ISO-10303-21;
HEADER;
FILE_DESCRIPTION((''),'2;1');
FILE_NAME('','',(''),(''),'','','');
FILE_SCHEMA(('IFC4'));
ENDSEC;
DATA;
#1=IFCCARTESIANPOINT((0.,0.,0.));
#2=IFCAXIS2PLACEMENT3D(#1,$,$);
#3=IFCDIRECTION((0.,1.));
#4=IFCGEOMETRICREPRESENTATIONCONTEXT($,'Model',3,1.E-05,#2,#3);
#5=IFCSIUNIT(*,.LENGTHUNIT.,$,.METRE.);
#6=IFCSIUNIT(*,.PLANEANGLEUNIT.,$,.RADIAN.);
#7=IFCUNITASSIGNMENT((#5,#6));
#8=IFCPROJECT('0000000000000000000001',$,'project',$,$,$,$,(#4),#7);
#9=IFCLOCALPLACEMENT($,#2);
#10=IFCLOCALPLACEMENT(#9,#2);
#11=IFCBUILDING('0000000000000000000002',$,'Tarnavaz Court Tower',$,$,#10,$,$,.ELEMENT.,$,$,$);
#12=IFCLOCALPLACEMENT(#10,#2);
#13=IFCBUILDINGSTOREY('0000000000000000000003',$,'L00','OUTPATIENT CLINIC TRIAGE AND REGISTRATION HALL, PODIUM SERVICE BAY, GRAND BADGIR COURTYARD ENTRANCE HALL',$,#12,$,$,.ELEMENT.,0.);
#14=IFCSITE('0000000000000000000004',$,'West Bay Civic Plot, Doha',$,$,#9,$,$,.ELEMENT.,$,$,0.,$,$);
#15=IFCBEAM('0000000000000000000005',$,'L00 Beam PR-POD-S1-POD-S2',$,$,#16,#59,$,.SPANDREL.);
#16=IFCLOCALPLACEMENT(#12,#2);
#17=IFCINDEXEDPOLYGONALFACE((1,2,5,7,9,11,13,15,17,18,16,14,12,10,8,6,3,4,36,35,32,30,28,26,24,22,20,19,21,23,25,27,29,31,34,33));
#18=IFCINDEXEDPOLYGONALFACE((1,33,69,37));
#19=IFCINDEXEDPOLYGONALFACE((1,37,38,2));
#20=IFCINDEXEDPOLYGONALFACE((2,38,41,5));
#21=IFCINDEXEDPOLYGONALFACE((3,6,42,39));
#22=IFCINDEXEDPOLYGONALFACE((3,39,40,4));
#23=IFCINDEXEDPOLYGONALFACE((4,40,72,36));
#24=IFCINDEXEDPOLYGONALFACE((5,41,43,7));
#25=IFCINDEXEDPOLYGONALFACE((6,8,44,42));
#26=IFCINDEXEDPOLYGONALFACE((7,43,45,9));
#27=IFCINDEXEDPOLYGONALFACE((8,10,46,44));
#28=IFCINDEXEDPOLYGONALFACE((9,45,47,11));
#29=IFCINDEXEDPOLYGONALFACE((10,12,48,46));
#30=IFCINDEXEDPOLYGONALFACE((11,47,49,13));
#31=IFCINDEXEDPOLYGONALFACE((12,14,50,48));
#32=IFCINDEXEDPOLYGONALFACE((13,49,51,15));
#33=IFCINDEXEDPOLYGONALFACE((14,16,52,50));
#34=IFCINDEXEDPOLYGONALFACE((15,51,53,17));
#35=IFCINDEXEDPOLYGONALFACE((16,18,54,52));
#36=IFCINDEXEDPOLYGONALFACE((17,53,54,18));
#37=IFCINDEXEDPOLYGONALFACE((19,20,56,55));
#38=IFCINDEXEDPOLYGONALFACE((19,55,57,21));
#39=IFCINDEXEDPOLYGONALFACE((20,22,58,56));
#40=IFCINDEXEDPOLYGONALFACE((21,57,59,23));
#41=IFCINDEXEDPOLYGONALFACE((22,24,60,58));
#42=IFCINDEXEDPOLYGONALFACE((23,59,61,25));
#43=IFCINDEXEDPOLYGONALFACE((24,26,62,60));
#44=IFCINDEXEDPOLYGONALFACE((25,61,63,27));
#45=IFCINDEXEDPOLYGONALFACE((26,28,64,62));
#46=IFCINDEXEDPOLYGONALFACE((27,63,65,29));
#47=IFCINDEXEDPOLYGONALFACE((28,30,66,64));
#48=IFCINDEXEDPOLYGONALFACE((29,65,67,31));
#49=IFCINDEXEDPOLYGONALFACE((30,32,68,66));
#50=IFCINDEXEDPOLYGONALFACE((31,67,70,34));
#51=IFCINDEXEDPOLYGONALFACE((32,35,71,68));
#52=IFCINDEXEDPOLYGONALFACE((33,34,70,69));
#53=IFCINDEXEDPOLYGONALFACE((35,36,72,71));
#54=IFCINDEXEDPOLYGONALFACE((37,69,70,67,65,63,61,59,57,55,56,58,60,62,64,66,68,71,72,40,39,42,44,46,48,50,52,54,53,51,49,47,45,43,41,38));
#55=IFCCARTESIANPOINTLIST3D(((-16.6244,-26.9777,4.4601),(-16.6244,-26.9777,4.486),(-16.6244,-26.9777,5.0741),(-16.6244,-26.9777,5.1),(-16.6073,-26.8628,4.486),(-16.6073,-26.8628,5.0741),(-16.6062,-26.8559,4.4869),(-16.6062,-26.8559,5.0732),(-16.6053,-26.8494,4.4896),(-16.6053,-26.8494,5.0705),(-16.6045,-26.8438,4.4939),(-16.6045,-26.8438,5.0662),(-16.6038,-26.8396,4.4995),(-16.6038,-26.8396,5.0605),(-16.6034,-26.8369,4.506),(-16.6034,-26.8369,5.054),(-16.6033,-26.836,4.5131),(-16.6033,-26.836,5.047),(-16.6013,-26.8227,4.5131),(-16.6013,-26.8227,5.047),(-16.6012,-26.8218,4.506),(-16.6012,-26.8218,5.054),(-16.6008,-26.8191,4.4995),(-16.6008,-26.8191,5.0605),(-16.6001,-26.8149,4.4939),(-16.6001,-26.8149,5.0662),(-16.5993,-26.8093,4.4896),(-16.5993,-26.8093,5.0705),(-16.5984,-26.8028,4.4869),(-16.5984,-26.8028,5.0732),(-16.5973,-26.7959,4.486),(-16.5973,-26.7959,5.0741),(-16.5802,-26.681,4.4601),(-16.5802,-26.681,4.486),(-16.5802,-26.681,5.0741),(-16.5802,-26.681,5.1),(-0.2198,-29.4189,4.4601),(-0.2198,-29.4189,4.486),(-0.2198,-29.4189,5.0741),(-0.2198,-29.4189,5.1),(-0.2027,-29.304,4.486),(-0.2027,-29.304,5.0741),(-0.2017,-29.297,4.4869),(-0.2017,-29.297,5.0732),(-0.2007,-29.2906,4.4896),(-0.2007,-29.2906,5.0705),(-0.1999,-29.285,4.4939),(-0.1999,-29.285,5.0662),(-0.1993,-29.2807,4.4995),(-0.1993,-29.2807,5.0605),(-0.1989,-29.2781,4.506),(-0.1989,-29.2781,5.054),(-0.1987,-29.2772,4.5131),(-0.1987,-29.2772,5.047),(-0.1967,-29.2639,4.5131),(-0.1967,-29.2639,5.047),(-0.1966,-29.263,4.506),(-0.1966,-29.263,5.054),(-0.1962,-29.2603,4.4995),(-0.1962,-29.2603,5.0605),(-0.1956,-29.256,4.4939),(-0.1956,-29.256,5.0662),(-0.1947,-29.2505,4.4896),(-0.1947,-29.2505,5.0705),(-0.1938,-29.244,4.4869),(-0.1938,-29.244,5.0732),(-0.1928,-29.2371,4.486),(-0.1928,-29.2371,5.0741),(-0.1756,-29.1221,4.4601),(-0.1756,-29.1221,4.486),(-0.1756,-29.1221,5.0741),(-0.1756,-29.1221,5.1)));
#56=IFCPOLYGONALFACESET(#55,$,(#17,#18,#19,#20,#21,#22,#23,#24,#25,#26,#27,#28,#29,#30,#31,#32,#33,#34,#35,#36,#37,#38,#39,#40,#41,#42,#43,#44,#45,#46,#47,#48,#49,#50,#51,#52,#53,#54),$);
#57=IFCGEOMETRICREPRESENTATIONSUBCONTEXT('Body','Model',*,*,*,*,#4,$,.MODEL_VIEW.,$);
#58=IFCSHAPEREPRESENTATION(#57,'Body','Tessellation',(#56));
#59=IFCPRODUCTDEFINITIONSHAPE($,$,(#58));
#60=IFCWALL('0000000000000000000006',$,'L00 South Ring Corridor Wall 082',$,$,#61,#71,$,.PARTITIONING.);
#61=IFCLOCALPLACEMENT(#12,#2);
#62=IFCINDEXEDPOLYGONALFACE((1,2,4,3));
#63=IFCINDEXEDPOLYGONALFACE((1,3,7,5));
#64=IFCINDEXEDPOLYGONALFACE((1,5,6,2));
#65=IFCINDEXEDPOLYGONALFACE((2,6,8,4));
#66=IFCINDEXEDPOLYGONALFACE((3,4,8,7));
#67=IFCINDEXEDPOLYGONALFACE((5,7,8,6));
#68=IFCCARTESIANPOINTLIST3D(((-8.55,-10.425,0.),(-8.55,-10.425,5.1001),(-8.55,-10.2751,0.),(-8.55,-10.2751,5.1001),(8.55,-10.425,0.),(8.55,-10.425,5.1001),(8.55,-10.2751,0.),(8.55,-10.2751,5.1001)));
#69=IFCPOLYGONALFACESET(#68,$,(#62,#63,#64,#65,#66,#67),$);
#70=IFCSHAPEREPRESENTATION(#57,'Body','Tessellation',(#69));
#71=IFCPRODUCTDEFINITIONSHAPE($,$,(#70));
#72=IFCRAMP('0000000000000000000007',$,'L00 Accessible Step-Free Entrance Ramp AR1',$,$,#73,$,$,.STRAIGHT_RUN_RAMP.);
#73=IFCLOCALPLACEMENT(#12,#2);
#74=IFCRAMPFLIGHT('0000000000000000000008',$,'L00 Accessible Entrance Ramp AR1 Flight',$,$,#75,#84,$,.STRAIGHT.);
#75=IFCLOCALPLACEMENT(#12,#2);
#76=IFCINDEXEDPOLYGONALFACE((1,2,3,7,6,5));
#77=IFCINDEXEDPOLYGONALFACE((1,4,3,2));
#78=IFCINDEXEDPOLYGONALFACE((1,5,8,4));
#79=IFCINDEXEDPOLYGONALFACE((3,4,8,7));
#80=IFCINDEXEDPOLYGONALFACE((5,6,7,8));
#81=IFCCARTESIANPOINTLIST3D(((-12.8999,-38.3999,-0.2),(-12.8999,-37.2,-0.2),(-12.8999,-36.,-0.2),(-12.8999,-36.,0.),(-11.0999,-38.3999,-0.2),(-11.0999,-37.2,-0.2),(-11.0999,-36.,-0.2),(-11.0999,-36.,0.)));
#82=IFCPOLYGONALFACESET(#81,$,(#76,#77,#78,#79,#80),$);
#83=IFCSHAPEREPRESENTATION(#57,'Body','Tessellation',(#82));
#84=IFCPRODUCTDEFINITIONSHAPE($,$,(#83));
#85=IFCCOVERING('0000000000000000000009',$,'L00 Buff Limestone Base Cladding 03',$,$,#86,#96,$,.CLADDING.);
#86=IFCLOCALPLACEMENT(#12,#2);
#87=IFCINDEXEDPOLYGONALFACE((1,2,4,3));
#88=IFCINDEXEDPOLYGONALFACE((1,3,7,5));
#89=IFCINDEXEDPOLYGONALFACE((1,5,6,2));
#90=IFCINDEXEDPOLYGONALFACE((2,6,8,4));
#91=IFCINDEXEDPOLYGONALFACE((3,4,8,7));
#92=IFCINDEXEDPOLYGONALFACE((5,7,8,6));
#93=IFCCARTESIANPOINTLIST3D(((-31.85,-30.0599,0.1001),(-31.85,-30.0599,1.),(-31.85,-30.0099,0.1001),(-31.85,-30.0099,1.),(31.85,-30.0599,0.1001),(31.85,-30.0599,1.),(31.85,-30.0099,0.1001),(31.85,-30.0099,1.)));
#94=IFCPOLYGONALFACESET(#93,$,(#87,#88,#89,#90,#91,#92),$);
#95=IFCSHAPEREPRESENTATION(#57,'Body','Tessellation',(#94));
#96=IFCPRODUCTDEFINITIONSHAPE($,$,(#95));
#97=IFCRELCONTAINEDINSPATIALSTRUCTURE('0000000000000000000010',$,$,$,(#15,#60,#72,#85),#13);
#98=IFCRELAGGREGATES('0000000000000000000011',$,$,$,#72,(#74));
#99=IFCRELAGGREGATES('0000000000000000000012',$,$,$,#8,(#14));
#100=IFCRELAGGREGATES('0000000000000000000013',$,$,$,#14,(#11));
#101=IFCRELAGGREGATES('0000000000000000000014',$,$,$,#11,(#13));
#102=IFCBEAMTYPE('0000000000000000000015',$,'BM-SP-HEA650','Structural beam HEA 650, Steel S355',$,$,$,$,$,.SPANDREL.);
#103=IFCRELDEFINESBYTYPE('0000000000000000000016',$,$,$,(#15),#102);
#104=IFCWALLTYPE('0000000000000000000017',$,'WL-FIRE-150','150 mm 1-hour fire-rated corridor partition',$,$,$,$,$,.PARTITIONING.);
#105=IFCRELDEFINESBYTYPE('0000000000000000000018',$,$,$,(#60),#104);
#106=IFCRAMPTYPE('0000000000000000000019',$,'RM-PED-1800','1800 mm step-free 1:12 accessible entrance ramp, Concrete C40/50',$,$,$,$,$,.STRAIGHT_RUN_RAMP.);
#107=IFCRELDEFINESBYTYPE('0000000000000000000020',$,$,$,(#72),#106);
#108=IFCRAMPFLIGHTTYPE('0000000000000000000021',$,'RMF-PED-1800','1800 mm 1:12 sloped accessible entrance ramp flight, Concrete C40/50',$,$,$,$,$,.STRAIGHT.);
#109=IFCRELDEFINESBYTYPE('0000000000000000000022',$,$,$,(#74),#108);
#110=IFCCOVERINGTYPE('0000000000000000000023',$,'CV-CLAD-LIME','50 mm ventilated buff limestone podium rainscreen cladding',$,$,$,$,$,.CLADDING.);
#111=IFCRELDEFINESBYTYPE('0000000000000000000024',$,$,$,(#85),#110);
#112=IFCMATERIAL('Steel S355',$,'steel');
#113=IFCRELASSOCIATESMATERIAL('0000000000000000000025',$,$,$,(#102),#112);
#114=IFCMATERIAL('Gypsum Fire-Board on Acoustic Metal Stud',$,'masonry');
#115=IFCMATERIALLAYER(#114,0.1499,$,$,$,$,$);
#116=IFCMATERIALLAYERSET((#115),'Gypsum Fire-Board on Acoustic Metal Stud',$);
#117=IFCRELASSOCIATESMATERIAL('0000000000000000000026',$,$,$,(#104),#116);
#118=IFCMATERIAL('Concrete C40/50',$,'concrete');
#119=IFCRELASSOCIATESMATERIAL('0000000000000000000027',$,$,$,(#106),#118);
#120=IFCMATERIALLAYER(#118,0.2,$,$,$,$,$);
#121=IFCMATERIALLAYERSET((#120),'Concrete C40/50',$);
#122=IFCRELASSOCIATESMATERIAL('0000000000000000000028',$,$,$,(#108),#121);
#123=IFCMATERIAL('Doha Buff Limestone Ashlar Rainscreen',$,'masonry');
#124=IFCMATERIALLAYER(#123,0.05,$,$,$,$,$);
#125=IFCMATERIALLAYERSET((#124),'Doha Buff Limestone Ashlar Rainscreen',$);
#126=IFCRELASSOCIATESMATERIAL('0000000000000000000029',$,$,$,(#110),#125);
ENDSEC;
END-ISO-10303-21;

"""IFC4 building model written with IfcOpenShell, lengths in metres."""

from ifc_helpers import new_model, si_unit, direction, frame, frame_2d, origin, origin_2d, place, context, subcontext, project, spatial, polyline, rectangle, i_section, outline, extrude, material, layer, layer_set, material_profile, profile_set, type_object, element, aggregate, save


model = new_model("IFC4")

# Units and contexts
model_context = context("Model", 3, precision=1e-05, world=origin(), true_north=direction((0.0, 1.0)))
body_context = subcontext(model_context, "Body", "Model", "MODEL_VIEW")
ifc_project = project(units=[si_unit("LENGTHUNIT", "METRE"), si_unit("PLANEANGLEUNIT", "RADIAN")], contexts=[model_context])

# Site, building, storey
site_placement = place(None, origin())
site = spatial("IfcSite", under=ifc_project, at=site_placement, Name="West Bay Civic Plot, Doha", CompositionType="ELEMENT", RefElevation=0.0)
building_placement = place(site_placement, origin())
building = spatial("IfcBuilding", under=site, at=building_placement, Name="Tarnavaz Court Tower", CompositionType="ELEMENT")
storey_placement = place(building_placement, origin())
storey = spatial("IfcBuildingStorey", under=building, at=storey_placement, Name="L00", Description="OUTPATIENT CLINIC TRIAGE AND REGISTRATION HALL, PODIUM SERVICE BAY, GRAND BADGIR COURTYARD ENTRANCE HALL", CompositionType="ELEMENT", Elevation=0.0)

# Beam
ifc_material_1 = material(Name="Steel S355", Category="steel")
ifc_material_profile_1 = material_profile(ifc_material_1, i_section(OverallWidth=0.3, OverallDepth=0.6399, WebThickness=0.0134, FlangeThickness=0.0259, FilletRadius=0.0271, at=origin_2d()), Name="HEA 650")
ifc_profile_set_1 = profile_set([ifc_material_profile_1], Name="Steel S355")
beam_type_1 = type_object("IfcBeamType", Name="BM-SP-HEA650", Description="Structural beam HEA 650, Steel S355", PredefinedType="SPANDREL", material=ifc_profile_set_1)
beam_1_placement = place(storey_placement, frame((-16.6023, -26.8293, 4.78), z_axis=(0.989108, -0.147189, 0.0), x_axis=(0.147189, 0.989108, 0.0)))
element("IfcBeam", 1, at=beam_1_placement, inside=storey, type_object=beam_type_1, Name="L00 Beam PR-POD-S1-POD-S2", PredefinedType="SPANDREL", context=body_context, shape_type="SweptSolid", body=[
    extrude(i_section(OverallWidth=0.3, OverallDepth=0.6399, WebThickness=0.0134, FlangeThickness=0.0259, FilletRadius=0.0271, at=origin_2d()), origin(), (0.0, 0.0, 1.0), 16.5852),
])

# Wall
ifc_material_2 = material(Name="Gypsum Fire-Board on Acoustic Metal Stud", Category="masonry")
ifc_layer_1 = layer(ifc_material_2, 0.1499)
ifc_layer_set_1 = layer_set([ifc_layer_1], Name="Gypsum Fire-Board on Acoustic Metal Stud")
wall_type = type_object("IfcWallType", Name="WL-FIRE-150", Description="150 mm 1-hour fire-rated corridor partition", PredefinedType="PARTITIONING", material=ifc_layer_set_1)
wall_placement = place(storey_placement, frame((-8.55, -10.3501, 0.0), z_axis=(0.0, 0.0, 1.0), x_axis=(1.0, 0.0, 0.0)))
element("IfcWall", 2, at=wall_placement, inside=storey, type_object=wall_type, Name="L00 South Ring Corridor Wall 082", PredefinedType="PARTITIONING", context=body_context, shape_type="SweptSolid", body=[
    extrude(rectangle(XDim=17.1001, YDim=0.1499, at=frame_2d((8.55, 0.0))), origin(), (0.0, 0.0, 1.0), 5.1001),
])

# Ramp, ramp flight
ifc_material_3 = material(Name="Concrete C40/50", Category="concrete")
ramp_type = type_object("IfcRampType", Name="RM-PED-1800", Description="1800 mm step-free 1:12 accessible entrance ramp, Concrete C40/50", PredefinedType="STRAIGHT_RUN_RAMP", material=ifc_material_3)
ramp_placement = place(storey_placement, origin())
ramp = element("IfcRamp", 3, at=ramp_placement, inside=storey, type_object=ramp_type, Name="L00 Accessible Step-Free Entrance Ramp AR1", PredefinedType="STRAIGHT_RUN_RAMP")
ifc_layer_2 = layer(ifc_material_3, 0.2)
ifc_layer_set_2 = layer_set([ifc_layer_2], Name="Concrete C40/50")
ramp_flight_type = type_object("IfcRampFlightType", Name="RMF-PED-1800", Description="1800 mm 1:12 sloped accessible entrance ramp flight, Concrete C40/50", PredefinedType="STRAIGHT", material=ifc_layer_set_2)
ramp_flight_placement = place(storey_placement, frame((-12.0, -38.3999, -0.2), z_axis=(0.0, 0.0, 1.0), x_axis=(0.0, 1.0, 0.0)))
ramp_flight = element("IfcRampFlight", 4, at=ramp_flight_placement, type_object=ramp_flight_type, Name="L00 Accessible Entrance Ramp AR1 Flight", PredefinedType="STRAIGHT", context=body_context, shape_type="SweptSolid", body=[
    extrude(outline(polyline([(0.0, 0.0), (2.3999, 0.2), (2.3999, 0.0), (1.2, 0.0), (0.0, 0.0)])), frame((0.0, 0.8999, 0.0), z_axis=(0.0, -1.0, 0.0), x_axis=(1.0, 0.0, 0.0)), (0.0, 0.0, 1.0), 1.8),
])
aggregate(ramp, [ramp_flight])

# Covering
ifc_material_4 = material(Name="Doha Buff Limestone Ashlar Rainscreen", Category="masonry")
ifc_layer_3 = layer(ifc_material_4, 0.05)
ifc_layer_set_3 = layer_set([ifc_layer_3], Name="Doha Buff Limestone Ashlar Rainscreen")
covering_type = type_object("IfcCoveringType", Name="CV-CLAD-LIME", Description="50 mm ventilated buff limestone podium rainscreen cladding", PredefinedType="CLADDING", material=ifc_layer_set_3)
covering_placement = place(storey_placement, frame((0.0, -30.0349, 0.1001), z_axis=(0.0, 0.0, 1.0), x_axis=(-1.0, 0.0, 0.0)))
element("IfcCovering", 5, at=covering_placement, inside=storey, type_object=covering_type, Name="L00 Buff Limestone Base Cladding 03", PredefinedType="CLADDING", context=body_context, shape_type="SweptSolid", body=[
    extrude(rectangle(XDim=63.7, YDim=0.05, at=origin_2d()), origin(), (0.0, 0.0, 1.0), 0.8999),
])

save(model, "model.ifc")
